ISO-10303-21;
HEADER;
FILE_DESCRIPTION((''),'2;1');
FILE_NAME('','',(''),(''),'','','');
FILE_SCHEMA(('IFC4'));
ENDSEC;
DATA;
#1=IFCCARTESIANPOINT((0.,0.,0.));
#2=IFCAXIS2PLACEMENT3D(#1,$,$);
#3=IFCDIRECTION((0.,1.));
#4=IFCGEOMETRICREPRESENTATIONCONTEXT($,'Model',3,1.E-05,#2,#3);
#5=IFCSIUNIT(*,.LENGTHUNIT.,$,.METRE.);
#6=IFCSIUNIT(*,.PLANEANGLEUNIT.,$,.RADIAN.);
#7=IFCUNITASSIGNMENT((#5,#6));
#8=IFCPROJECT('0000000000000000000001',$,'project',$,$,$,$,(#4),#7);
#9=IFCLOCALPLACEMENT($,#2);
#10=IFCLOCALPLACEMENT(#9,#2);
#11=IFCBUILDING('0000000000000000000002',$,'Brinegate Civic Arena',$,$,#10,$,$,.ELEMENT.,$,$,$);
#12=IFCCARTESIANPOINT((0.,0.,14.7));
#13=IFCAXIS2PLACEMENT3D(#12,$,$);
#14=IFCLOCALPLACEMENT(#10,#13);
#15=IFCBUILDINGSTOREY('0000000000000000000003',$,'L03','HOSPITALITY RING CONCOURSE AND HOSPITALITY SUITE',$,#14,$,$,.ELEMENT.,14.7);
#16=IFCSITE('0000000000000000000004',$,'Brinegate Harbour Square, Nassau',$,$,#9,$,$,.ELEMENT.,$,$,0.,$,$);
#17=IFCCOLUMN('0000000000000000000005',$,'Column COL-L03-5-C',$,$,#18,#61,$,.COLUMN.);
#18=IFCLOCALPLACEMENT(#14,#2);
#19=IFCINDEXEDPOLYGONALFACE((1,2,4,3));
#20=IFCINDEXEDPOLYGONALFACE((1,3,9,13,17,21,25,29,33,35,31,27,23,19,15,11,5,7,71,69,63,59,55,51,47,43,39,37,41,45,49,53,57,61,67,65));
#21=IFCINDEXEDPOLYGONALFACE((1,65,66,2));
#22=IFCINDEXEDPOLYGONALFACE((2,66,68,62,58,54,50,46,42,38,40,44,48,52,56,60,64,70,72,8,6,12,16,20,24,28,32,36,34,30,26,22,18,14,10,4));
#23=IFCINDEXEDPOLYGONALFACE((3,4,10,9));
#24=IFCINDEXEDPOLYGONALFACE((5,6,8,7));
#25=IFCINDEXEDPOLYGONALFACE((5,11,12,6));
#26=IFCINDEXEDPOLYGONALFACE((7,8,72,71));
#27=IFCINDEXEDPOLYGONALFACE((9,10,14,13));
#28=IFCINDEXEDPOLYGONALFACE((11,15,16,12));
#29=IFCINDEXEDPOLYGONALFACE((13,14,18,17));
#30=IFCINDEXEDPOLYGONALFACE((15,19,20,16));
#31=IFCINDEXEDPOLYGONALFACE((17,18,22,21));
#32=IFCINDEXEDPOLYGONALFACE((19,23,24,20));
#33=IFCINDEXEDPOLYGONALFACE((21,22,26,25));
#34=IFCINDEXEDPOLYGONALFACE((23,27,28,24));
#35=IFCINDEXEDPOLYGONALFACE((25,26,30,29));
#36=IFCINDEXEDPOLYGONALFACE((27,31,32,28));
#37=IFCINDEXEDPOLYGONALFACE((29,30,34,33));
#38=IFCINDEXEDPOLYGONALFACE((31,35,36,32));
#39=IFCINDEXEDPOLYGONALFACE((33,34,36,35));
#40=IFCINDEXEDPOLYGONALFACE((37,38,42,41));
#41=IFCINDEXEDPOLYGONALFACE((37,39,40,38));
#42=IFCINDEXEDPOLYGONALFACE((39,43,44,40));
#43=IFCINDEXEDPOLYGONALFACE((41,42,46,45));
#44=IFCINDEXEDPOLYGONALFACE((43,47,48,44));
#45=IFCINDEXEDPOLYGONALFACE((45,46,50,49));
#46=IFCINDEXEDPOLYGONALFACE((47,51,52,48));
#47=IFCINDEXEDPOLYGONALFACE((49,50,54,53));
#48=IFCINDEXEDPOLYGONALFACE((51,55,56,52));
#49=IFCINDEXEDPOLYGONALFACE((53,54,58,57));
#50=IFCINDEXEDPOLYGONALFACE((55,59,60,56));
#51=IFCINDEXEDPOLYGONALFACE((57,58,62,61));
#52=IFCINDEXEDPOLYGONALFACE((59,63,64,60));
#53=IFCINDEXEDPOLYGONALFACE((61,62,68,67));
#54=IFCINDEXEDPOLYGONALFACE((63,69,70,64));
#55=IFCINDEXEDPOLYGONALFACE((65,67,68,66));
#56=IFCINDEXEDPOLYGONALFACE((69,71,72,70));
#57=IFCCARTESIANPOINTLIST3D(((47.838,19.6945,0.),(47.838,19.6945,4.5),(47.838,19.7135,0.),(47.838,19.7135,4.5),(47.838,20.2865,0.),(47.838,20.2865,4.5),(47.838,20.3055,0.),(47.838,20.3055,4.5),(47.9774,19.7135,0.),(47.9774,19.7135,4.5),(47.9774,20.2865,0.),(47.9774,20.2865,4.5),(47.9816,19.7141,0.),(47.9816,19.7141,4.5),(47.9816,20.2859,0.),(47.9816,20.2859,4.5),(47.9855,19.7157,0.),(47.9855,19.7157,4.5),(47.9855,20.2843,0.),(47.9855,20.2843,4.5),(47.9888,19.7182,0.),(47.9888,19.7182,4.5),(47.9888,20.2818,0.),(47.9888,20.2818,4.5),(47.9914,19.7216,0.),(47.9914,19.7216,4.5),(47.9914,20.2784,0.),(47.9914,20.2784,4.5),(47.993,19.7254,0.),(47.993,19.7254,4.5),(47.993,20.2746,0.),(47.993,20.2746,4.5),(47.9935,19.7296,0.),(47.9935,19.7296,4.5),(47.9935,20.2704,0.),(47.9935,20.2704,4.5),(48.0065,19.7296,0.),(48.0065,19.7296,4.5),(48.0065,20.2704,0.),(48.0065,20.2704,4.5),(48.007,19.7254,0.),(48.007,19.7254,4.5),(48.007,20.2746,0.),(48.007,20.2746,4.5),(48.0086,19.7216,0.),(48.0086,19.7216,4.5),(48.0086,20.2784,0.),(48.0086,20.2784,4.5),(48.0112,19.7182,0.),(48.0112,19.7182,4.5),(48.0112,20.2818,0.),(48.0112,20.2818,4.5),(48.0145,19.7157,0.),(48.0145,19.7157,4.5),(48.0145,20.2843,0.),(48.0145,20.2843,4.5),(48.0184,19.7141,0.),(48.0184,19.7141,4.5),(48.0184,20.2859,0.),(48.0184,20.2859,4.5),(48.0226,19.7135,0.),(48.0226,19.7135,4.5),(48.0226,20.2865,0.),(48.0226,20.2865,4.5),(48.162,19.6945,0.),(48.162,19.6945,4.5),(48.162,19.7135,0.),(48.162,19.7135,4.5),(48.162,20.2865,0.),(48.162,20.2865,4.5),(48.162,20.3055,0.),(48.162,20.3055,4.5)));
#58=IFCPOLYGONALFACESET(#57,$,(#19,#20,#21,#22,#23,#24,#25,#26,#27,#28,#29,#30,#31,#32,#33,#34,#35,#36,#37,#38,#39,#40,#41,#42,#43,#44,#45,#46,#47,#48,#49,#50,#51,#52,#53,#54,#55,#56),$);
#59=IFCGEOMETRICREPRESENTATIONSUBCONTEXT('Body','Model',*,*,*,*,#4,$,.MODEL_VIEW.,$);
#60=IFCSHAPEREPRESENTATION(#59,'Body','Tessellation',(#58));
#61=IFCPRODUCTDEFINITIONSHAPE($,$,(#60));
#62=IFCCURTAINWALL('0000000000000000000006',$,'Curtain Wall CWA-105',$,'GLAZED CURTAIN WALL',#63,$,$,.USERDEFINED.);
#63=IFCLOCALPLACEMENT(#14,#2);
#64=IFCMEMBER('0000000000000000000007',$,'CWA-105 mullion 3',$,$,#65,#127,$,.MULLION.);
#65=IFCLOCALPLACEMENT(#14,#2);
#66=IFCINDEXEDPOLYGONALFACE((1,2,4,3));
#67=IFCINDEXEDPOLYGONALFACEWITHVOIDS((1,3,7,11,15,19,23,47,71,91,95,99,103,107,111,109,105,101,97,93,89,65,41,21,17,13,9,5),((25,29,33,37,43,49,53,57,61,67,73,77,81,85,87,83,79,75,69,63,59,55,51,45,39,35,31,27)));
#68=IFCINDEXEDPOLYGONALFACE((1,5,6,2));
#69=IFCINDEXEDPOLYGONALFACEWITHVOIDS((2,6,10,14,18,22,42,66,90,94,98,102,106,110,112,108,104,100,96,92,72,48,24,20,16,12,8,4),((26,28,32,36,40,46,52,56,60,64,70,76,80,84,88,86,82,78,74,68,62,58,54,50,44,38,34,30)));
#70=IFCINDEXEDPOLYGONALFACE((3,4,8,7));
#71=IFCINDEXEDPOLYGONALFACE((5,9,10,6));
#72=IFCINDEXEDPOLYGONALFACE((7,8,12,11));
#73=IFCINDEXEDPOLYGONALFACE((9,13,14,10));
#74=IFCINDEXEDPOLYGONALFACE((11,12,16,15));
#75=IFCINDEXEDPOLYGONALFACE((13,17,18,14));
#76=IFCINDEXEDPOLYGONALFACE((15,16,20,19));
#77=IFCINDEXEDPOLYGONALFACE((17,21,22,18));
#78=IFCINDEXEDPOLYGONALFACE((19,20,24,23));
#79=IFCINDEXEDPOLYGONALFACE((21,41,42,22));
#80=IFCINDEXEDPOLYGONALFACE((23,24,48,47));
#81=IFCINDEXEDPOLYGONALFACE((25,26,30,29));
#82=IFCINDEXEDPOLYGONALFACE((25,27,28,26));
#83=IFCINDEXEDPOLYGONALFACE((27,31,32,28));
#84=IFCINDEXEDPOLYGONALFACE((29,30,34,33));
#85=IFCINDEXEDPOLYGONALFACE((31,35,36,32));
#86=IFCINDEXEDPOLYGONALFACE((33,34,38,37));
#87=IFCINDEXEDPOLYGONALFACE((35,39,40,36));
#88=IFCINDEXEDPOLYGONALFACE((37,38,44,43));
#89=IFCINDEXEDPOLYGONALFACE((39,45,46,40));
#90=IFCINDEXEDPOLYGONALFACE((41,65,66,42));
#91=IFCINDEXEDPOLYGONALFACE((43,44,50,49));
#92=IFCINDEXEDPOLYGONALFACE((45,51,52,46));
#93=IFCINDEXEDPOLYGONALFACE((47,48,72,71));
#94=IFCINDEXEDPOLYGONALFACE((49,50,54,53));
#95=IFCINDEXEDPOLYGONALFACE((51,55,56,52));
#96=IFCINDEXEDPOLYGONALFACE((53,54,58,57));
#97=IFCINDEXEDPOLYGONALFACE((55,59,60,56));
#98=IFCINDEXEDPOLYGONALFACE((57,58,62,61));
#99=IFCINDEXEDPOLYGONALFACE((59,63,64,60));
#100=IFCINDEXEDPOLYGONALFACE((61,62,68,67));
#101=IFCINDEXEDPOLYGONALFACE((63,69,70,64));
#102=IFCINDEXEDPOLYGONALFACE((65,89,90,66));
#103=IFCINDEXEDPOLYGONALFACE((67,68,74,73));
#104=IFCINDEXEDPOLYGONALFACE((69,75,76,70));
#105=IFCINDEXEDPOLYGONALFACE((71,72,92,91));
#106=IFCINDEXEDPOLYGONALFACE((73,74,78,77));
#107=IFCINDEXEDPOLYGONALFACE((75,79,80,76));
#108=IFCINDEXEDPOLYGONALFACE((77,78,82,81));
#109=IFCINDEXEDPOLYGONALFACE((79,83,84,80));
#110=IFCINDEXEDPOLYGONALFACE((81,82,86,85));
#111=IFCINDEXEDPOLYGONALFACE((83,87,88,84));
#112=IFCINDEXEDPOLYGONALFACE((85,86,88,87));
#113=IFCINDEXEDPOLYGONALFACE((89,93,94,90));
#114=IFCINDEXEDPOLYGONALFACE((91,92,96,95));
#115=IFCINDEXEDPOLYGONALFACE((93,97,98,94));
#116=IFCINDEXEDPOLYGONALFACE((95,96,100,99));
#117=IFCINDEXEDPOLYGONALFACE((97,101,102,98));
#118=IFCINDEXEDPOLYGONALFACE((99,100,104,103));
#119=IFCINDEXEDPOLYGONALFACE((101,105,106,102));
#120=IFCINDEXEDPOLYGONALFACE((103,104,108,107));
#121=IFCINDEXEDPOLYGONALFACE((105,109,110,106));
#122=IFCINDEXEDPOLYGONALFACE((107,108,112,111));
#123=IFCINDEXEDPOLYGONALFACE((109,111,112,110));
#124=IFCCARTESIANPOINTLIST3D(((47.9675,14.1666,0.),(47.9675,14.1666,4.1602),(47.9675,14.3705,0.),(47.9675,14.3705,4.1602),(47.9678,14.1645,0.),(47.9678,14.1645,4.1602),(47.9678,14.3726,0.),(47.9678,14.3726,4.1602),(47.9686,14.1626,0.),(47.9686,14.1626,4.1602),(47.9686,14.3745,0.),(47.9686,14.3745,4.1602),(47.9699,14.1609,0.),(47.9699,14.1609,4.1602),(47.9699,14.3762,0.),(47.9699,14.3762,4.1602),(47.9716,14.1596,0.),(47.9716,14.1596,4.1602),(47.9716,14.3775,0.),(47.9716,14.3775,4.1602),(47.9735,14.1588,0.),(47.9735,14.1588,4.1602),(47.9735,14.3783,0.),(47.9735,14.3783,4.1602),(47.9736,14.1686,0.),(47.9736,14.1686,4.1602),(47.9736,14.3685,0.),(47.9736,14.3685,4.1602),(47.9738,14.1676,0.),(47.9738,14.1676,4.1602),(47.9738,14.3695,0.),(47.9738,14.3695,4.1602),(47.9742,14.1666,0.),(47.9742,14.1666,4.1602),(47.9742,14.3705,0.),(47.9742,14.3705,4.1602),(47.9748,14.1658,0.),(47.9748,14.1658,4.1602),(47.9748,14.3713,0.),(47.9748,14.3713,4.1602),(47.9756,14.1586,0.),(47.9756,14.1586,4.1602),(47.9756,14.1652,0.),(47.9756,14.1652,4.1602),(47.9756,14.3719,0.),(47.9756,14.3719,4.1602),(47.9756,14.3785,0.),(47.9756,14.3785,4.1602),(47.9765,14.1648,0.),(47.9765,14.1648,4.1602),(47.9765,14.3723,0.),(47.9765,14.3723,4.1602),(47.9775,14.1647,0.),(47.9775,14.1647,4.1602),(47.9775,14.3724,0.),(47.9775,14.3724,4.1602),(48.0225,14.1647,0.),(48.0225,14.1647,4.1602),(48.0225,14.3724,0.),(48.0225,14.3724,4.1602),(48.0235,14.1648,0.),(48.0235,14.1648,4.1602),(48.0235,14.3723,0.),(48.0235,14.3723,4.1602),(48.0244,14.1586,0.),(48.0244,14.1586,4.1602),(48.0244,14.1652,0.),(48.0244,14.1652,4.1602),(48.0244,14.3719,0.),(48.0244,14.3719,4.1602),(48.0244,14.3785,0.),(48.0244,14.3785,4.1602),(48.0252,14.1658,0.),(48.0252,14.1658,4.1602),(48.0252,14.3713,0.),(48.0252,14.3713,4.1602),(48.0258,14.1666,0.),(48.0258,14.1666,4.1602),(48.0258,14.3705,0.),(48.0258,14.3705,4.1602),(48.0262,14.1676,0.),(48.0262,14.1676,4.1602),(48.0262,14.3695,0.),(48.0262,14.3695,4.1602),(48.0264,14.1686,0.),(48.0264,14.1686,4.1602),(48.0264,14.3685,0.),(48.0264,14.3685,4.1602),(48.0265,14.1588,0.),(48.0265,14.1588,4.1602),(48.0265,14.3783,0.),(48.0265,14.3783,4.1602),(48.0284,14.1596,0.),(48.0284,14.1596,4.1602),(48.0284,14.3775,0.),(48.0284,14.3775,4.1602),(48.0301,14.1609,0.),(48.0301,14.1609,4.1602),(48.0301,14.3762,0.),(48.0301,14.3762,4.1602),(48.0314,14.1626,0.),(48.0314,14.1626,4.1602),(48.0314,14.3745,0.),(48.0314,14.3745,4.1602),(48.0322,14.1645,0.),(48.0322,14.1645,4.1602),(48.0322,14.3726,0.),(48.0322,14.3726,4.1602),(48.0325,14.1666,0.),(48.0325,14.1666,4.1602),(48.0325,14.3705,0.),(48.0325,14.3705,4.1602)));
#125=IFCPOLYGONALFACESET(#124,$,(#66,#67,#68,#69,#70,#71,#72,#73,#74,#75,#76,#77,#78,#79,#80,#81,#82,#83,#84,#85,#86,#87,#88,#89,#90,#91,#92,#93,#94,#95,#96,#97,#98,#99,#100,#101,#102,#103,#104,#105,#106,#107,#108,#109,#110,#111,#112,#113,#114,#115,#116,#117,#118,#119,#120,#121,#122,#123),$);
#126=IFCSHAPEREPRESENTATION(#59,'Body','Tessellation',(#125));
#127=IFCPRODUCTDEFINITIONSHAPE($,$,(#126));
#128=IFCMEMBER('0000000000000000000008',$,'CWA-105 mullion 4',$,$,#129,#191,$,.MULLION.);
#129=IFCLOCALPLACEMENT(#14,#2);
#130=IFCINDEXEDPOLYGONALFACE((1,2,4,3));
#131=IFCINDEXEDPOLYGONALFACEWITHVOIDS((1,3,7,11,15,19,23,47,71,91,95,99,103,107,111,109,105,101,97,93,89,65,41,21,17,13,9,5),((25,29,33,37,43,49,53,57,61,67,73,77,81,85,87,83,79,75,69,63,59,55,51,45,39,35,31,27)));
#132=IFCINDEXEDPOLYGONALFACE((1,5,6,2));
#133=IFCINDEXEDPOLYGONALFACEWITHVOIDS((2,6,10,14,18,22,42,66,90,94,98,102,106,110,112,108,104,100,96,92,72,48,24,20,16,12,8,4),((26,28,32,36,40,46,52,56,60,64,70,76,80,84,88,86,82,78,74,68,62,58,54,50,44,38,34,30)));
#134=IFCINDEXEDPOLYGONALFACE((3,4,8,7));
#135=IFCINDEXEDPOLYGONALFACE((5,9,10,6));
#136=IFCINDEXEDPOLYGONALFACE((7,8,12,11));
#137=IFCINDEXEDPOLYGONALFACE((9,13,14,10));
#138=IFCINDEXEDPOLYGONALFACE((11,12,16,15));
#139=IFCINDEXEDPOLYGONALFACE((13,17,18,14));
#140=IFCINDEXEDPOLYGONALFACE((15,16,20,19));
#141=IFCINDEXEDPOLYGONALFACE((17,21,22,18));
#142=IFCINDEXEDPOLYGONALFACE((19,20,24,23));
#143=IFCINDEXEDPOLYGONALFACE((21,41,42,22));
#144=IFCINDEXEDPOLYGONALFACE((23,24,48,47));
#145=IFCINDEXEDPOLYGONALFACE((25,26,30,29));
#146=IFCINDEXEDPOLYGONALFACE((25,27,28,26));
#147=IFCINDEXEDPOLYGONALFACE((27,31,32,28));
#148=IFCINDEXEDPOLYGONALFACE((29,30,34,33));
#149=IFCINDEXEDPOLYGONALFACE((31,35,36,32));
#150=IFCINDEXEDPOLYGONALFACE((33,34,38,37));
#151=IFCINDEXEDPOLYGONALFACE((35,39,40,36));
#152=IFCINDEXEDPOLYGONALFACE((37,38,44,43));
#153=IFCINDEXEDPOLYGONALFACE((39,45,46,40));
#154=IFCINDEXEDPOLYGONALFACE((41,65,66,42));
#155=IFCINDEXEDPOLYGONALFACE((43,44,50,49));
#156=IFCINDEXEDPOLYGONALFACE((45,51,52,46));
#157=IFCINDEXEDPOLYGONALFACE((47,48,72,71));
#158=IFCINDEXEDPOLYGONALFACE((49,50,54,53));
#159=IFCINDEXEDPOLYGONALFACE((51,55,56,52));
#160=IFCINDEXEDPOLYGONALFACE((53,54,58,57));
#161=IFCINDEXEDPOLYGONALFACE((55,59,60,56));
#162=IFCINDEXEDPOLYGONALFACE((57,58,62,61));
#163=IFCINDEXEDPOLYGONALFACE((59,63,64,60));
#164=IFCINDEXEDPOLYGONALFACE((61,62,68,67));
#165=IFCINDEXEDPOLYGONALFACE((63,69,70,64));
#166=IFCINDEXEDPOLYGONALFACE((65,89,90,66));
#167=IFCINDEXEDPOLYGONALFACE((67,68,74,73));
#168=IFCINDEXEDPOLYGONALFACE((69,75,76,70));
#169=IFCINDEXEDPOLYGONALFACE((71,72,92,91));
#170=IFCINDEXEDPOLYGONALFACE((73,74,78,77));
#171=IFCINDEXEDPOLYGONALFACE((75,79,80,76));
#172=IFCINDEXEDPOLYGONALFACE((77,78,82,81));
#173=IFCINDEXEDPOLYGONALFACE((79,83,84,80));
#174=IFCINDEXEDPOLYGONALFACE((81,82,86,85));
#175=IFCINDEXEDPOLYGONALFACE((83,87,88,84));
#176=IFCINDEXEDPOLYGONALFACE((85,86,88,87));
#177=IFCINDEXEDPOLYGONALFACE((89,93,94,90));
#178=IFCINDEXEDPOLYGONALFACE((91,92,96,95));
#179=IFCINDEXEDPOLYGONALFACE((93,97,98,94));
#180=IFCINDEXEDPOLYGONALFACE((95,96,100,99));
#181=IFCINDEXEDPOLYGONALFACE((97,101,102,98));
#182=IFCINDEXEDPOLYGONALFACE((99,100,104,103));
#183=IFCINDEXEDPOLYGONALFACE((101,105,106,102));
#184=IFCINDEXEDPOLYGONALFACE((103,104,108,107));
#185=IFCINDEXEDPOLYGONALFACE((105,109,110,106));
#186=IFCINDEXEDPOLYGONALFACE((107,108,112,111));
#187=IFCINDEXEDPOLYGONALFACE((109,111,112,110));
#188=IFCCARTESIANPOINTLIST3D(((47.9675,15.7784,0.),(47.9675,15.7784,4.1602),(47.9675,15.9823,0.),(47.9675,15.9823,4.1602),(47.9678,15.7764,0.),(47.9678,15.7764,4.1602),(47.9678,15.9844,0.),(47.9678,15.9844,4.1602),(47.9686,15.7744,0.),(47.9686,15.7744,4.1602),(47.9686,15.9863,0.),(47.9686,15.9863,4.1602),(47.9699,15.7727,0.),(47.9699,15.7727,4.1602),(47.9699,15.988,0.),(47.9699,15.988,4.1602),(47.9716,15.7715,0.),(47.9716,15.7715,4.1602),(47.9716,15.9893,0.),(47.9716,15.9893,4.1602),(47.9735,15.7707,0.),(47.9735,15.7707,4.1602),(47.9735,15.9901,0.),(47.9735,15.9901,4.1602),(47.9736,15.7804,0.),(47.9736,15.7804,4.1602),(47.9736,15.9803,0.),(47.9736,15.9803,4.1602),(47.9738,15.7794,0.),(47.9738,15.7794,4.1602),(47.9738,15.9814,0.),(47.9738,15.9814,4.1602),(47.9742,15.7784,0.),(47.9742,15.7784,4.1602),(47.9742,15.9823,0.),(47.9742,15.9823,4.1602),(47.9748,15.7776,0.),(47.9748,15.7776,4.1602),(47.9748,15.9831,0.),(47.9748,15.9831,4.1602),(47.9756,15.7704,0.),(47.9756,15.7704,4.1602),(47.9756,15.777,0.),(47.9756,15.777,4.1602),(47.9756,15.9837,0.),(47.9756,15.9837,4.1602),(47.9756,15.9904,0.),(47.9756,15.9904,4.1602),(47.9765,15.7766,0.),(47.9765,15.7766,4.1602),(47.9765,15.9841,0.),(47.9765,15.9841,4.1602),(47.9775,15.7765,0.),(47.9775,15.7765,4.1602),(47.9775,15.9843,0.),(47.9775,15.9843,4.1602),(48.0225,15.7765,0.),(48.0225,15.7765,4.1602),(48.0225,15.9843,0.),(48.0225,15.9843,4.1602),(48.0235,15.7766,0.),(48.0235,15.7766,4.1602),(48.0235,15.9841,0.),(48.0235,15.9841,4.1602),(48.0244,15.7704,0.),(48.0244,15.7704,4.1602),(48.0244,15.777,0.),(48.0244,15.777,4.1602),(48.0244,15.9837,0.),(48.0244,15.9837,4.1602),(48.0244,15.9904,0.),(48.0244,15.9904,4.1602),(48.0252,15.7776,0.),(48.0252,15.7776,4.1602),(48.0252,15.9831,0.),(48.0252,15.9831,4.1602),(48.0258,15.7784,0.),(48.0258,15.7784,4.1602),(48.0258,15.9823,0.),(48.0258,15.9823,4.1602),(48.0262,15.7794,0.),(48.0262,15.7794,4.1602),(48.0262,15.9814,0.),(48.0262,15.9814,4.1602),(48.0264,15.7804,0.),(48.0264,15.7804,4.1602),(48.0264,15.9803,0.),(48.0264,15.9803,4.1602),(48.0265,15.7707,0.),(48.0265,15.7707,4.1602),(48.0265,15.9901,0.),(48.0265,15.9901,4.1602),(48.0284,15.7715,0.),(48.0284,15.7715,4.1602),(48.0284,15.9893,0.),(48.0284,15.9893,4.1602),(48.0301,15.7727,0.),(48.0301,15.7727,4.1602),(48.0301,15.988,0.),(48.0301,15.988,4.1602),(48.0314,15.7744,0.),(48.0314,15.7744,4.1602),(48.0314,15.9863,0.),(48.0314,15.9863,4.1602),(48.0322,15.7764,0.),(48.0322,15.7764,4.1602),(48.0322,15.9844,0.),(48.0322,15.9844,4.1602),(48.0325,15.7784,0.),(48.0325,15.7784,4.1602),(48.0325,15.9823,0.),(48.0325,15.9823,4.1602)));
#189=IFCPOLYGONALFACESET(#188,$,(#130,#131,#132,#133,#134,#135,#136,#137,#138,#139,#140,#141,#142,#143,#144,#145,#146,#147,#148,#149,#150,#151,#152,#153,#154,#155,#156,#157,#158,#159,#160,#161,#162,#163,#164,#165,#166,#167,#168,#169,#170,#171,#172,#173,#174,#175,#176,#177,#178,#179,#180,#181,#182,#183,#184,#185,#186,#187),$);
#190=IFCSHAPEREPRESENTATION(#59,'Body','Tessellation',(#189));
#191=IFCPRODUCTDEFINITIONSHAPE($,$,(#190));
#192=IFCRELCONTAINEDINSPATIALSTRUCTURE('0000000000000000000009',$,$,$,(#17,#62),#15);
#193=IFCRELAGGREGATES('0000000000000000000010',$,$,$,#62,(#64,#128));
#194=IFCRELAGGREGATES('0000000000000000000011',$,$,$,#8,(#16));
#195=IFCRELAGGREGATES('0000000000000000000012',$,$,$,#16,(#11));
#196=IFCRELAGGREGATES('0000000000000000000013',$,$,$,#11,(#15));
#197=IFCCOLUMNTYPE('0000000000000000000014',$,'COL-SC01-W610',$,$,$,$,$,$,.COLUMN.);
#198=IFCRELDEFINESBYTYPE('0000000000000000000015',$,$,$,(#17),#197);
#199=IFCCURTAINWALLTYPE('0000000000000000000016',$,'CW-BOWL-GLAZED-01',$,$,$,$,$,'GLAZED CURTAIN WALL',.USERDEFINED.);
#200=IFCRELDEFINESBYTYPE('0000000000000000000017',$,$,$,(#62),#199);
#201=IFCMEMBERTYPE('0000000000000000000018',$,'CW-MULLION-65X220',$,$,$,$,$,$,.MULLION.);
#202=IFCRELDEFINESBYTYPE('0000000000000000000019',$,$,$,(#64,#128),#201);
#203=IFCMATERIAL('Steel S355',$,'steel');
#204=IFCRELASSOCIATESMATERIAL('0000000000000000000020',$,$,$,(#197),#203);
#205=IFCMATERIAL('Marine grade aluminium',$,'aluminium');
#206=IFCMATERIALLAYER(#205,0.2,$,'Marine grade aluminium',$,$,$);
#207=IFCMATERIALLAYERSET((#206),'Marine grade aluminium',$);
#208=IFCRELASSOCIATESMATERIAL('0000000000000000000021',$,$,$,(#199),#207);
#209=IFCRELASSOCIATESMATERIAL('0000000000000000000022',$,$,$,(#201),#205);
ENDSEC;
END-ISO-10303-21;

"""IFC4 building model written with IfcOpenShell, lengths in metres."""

from ifc_helpers import new_model, si_unit, direction, frame, origin, origin_2d, place, context, subcontext, project, spatial, hollow_rectangle, i_section, extrude, material, layer, layer_set, material_profile, profile_set, type_object, element, aggregate, save


model = new_model("IFC4")

# Units and contexts
model_context = context("Model", 3, precision=1e-05, world=origin(), true_north=direction((0.0, 1.0)))
body_context = subcontext(model_context, "Body", "Model", "MODEL_VIEW")
ifc_project = project(units=[si_unit("LENGTHUNIT", "METRE"), si_unit("PLANEANGLEUNIT", "RADIAN")], contexts=[model_context])

# Site, building, storey
site_placement = place(None, origin())
site = spatial("IfcSite", under=ifc_project, at=site_placement, Name="Brinegate Harbour Square, Nassau", CompositionType="ELEMENT", RefElevation=0.0)
building_placement = place(site_placement, origin())
building = spatial("IfcBuilding", under=site, at=building_placement, Name="Brinegate Civic Arena", CompositionType="ELEMENT")
storey_placement = place(building_placement, frame((0.0, 0.0, 14.7)))
storey = spatial("IfcBuildingStorey", under=building, at=storey_placement, Name="L03", Description="HOSPITALITY RING CONCOURSE AND HOSPITALITY SUITE", CompositionType="ELEMENT", Elevation=14.7)

# Column
ifc_material_1 = material(Name="Steel S355", Category="steel")
ifc_material_profile_1 = material_profile(ifc_material_1, i_section(OverallWidth=0.324, OverallDepth=0.6111, WebThickness=0.0129, FlangeThickness=0.019, FilletRadius=0.0161, at=origin_2d()), Name="W610X155")
ifc_profile_set_1 = profile_set([ifc_material_profile_1], Name="Steel S355")
column_type = type_object("IfcColumnType", Name="COL-SC01-W610", PredefinedType="COLUMN", material=ifc_profile_set_1)
column_placement = place(storey_placement, frame((48.0, 20.0, 0.0), z_axis=(0.0, 0.0, 1.0), x_axis=(1.0, 0.0, 0.0)))
element("IfcColumn", 1, at=column_placement, inside=storey, type_object=column_type, Name="Column COL-L03-5-C", PredefinedType="COLUMN", context=body_context, shape_type="SweptSolid", body=[
    extrude(i_section(OverallWidth=0.324, OverallDepth=0.6111, WebThickness=0.0129, FlangeThickness=0.019, FilletRadius=0.0161, at=origin_2d()), origin(), (0.0, 0.0, 1.0), 4.5),
])

# Curtain wall, members
ifc_material_2 = material(Name="Marine grade aluminium", Category="aluminium")
ifc_layer_1 = layer(ifc_material_2, 0.2, Name="Marine grade aluminium")
ifc_layer_set_1 = layer_set([ifc_layer_1], Name="Marine grade aluminium")
curtain_wall_type = type_object("IfcCurtainWallType", Name="CW-BOWL-GLAZED-01", ElementType="GLAZED CURTAIN WALL", PredefinedType="USERDEFINED", material=ifc_layer_set_1)
curtain_wall_1_placement = place(storey_placement, origin())
curtain_wall_1 = element("IfcCurtainWall", 2, at=curtain_wall_1_placement, inside=storey, type_object=curtain_wall_type, Name="Curtain Wall CWA-105", ObjectType="GLAZED CURTAIN WALL", PredefinedType="USERDEFINED")
ifc_material_profile_2 = material_profile(ifc_material_2, hollow_rectangle(XDim=0.0649, YDim=0.22, WallThickness=0.0061, InnerFilletRadius=0.0039, OuterFilletRadius=0.0081, at=origin_2d()), Name="MUL65X220")
ifc_profile_set_2 = profile_set([ifc_material_profile_2], Name="Marine grade aluminium")
member_type_1 = type_object("IfcMemberType", Name="CW-MULLION-65X220", PredefinedType="MULLION", material=ifc_profile_set_2)
member_1_placement = place(storey_placement, frame((48.0, 14.2686, 0.0), z_axis=(0.0, 0.0, 1.0), x_axis=(-1.0, 0.0, 0.0)))
member_1 = element("IfcMember", 3, at=member_1_placement, type_object=member_type_1, Name="CWA-105 mullion 3", PredefinedType="MULLION", context=body_context, shape_type="SweptSolid", body=[
    extrude(hollow_rectangle(XDim=0.0649, YDim=0.22, WallThickness=0.0061, InnerFilletRadius=0.0039, OuterFilletRadius=0.0081, at=origin_2d()), origin(), (0.0, 0.0, 1.0), 4.1602),
])
member_2_placement = place(storey_placement, frame((48.0, 15.8804, 0.0), z_axis=(0.0, 0.0, 1.0), x_axis=(-1.0, 0.0, 0.0)))
member_2 = element("IfcMember", 4, at=member_2_placement, type_object=member_type_1, Name="CWA-105 mullion 4", PredefinedType="MULLION", context=body_context, shape_type="SweptSolid", body=[
    extrude(hollow_rectangle(XDim=0.0649, YDim=0.22, WallThickness=0.0061, InnerFilletRadius=0.0039, OuterFilletRadius=0.0081, at=origin_2d()), origin(), (0.0, 0.0, 1.0), 4.1602),
])

aggregate(curtain_wall_1, [member_1, member_2])

save(model, "model.ifc")
